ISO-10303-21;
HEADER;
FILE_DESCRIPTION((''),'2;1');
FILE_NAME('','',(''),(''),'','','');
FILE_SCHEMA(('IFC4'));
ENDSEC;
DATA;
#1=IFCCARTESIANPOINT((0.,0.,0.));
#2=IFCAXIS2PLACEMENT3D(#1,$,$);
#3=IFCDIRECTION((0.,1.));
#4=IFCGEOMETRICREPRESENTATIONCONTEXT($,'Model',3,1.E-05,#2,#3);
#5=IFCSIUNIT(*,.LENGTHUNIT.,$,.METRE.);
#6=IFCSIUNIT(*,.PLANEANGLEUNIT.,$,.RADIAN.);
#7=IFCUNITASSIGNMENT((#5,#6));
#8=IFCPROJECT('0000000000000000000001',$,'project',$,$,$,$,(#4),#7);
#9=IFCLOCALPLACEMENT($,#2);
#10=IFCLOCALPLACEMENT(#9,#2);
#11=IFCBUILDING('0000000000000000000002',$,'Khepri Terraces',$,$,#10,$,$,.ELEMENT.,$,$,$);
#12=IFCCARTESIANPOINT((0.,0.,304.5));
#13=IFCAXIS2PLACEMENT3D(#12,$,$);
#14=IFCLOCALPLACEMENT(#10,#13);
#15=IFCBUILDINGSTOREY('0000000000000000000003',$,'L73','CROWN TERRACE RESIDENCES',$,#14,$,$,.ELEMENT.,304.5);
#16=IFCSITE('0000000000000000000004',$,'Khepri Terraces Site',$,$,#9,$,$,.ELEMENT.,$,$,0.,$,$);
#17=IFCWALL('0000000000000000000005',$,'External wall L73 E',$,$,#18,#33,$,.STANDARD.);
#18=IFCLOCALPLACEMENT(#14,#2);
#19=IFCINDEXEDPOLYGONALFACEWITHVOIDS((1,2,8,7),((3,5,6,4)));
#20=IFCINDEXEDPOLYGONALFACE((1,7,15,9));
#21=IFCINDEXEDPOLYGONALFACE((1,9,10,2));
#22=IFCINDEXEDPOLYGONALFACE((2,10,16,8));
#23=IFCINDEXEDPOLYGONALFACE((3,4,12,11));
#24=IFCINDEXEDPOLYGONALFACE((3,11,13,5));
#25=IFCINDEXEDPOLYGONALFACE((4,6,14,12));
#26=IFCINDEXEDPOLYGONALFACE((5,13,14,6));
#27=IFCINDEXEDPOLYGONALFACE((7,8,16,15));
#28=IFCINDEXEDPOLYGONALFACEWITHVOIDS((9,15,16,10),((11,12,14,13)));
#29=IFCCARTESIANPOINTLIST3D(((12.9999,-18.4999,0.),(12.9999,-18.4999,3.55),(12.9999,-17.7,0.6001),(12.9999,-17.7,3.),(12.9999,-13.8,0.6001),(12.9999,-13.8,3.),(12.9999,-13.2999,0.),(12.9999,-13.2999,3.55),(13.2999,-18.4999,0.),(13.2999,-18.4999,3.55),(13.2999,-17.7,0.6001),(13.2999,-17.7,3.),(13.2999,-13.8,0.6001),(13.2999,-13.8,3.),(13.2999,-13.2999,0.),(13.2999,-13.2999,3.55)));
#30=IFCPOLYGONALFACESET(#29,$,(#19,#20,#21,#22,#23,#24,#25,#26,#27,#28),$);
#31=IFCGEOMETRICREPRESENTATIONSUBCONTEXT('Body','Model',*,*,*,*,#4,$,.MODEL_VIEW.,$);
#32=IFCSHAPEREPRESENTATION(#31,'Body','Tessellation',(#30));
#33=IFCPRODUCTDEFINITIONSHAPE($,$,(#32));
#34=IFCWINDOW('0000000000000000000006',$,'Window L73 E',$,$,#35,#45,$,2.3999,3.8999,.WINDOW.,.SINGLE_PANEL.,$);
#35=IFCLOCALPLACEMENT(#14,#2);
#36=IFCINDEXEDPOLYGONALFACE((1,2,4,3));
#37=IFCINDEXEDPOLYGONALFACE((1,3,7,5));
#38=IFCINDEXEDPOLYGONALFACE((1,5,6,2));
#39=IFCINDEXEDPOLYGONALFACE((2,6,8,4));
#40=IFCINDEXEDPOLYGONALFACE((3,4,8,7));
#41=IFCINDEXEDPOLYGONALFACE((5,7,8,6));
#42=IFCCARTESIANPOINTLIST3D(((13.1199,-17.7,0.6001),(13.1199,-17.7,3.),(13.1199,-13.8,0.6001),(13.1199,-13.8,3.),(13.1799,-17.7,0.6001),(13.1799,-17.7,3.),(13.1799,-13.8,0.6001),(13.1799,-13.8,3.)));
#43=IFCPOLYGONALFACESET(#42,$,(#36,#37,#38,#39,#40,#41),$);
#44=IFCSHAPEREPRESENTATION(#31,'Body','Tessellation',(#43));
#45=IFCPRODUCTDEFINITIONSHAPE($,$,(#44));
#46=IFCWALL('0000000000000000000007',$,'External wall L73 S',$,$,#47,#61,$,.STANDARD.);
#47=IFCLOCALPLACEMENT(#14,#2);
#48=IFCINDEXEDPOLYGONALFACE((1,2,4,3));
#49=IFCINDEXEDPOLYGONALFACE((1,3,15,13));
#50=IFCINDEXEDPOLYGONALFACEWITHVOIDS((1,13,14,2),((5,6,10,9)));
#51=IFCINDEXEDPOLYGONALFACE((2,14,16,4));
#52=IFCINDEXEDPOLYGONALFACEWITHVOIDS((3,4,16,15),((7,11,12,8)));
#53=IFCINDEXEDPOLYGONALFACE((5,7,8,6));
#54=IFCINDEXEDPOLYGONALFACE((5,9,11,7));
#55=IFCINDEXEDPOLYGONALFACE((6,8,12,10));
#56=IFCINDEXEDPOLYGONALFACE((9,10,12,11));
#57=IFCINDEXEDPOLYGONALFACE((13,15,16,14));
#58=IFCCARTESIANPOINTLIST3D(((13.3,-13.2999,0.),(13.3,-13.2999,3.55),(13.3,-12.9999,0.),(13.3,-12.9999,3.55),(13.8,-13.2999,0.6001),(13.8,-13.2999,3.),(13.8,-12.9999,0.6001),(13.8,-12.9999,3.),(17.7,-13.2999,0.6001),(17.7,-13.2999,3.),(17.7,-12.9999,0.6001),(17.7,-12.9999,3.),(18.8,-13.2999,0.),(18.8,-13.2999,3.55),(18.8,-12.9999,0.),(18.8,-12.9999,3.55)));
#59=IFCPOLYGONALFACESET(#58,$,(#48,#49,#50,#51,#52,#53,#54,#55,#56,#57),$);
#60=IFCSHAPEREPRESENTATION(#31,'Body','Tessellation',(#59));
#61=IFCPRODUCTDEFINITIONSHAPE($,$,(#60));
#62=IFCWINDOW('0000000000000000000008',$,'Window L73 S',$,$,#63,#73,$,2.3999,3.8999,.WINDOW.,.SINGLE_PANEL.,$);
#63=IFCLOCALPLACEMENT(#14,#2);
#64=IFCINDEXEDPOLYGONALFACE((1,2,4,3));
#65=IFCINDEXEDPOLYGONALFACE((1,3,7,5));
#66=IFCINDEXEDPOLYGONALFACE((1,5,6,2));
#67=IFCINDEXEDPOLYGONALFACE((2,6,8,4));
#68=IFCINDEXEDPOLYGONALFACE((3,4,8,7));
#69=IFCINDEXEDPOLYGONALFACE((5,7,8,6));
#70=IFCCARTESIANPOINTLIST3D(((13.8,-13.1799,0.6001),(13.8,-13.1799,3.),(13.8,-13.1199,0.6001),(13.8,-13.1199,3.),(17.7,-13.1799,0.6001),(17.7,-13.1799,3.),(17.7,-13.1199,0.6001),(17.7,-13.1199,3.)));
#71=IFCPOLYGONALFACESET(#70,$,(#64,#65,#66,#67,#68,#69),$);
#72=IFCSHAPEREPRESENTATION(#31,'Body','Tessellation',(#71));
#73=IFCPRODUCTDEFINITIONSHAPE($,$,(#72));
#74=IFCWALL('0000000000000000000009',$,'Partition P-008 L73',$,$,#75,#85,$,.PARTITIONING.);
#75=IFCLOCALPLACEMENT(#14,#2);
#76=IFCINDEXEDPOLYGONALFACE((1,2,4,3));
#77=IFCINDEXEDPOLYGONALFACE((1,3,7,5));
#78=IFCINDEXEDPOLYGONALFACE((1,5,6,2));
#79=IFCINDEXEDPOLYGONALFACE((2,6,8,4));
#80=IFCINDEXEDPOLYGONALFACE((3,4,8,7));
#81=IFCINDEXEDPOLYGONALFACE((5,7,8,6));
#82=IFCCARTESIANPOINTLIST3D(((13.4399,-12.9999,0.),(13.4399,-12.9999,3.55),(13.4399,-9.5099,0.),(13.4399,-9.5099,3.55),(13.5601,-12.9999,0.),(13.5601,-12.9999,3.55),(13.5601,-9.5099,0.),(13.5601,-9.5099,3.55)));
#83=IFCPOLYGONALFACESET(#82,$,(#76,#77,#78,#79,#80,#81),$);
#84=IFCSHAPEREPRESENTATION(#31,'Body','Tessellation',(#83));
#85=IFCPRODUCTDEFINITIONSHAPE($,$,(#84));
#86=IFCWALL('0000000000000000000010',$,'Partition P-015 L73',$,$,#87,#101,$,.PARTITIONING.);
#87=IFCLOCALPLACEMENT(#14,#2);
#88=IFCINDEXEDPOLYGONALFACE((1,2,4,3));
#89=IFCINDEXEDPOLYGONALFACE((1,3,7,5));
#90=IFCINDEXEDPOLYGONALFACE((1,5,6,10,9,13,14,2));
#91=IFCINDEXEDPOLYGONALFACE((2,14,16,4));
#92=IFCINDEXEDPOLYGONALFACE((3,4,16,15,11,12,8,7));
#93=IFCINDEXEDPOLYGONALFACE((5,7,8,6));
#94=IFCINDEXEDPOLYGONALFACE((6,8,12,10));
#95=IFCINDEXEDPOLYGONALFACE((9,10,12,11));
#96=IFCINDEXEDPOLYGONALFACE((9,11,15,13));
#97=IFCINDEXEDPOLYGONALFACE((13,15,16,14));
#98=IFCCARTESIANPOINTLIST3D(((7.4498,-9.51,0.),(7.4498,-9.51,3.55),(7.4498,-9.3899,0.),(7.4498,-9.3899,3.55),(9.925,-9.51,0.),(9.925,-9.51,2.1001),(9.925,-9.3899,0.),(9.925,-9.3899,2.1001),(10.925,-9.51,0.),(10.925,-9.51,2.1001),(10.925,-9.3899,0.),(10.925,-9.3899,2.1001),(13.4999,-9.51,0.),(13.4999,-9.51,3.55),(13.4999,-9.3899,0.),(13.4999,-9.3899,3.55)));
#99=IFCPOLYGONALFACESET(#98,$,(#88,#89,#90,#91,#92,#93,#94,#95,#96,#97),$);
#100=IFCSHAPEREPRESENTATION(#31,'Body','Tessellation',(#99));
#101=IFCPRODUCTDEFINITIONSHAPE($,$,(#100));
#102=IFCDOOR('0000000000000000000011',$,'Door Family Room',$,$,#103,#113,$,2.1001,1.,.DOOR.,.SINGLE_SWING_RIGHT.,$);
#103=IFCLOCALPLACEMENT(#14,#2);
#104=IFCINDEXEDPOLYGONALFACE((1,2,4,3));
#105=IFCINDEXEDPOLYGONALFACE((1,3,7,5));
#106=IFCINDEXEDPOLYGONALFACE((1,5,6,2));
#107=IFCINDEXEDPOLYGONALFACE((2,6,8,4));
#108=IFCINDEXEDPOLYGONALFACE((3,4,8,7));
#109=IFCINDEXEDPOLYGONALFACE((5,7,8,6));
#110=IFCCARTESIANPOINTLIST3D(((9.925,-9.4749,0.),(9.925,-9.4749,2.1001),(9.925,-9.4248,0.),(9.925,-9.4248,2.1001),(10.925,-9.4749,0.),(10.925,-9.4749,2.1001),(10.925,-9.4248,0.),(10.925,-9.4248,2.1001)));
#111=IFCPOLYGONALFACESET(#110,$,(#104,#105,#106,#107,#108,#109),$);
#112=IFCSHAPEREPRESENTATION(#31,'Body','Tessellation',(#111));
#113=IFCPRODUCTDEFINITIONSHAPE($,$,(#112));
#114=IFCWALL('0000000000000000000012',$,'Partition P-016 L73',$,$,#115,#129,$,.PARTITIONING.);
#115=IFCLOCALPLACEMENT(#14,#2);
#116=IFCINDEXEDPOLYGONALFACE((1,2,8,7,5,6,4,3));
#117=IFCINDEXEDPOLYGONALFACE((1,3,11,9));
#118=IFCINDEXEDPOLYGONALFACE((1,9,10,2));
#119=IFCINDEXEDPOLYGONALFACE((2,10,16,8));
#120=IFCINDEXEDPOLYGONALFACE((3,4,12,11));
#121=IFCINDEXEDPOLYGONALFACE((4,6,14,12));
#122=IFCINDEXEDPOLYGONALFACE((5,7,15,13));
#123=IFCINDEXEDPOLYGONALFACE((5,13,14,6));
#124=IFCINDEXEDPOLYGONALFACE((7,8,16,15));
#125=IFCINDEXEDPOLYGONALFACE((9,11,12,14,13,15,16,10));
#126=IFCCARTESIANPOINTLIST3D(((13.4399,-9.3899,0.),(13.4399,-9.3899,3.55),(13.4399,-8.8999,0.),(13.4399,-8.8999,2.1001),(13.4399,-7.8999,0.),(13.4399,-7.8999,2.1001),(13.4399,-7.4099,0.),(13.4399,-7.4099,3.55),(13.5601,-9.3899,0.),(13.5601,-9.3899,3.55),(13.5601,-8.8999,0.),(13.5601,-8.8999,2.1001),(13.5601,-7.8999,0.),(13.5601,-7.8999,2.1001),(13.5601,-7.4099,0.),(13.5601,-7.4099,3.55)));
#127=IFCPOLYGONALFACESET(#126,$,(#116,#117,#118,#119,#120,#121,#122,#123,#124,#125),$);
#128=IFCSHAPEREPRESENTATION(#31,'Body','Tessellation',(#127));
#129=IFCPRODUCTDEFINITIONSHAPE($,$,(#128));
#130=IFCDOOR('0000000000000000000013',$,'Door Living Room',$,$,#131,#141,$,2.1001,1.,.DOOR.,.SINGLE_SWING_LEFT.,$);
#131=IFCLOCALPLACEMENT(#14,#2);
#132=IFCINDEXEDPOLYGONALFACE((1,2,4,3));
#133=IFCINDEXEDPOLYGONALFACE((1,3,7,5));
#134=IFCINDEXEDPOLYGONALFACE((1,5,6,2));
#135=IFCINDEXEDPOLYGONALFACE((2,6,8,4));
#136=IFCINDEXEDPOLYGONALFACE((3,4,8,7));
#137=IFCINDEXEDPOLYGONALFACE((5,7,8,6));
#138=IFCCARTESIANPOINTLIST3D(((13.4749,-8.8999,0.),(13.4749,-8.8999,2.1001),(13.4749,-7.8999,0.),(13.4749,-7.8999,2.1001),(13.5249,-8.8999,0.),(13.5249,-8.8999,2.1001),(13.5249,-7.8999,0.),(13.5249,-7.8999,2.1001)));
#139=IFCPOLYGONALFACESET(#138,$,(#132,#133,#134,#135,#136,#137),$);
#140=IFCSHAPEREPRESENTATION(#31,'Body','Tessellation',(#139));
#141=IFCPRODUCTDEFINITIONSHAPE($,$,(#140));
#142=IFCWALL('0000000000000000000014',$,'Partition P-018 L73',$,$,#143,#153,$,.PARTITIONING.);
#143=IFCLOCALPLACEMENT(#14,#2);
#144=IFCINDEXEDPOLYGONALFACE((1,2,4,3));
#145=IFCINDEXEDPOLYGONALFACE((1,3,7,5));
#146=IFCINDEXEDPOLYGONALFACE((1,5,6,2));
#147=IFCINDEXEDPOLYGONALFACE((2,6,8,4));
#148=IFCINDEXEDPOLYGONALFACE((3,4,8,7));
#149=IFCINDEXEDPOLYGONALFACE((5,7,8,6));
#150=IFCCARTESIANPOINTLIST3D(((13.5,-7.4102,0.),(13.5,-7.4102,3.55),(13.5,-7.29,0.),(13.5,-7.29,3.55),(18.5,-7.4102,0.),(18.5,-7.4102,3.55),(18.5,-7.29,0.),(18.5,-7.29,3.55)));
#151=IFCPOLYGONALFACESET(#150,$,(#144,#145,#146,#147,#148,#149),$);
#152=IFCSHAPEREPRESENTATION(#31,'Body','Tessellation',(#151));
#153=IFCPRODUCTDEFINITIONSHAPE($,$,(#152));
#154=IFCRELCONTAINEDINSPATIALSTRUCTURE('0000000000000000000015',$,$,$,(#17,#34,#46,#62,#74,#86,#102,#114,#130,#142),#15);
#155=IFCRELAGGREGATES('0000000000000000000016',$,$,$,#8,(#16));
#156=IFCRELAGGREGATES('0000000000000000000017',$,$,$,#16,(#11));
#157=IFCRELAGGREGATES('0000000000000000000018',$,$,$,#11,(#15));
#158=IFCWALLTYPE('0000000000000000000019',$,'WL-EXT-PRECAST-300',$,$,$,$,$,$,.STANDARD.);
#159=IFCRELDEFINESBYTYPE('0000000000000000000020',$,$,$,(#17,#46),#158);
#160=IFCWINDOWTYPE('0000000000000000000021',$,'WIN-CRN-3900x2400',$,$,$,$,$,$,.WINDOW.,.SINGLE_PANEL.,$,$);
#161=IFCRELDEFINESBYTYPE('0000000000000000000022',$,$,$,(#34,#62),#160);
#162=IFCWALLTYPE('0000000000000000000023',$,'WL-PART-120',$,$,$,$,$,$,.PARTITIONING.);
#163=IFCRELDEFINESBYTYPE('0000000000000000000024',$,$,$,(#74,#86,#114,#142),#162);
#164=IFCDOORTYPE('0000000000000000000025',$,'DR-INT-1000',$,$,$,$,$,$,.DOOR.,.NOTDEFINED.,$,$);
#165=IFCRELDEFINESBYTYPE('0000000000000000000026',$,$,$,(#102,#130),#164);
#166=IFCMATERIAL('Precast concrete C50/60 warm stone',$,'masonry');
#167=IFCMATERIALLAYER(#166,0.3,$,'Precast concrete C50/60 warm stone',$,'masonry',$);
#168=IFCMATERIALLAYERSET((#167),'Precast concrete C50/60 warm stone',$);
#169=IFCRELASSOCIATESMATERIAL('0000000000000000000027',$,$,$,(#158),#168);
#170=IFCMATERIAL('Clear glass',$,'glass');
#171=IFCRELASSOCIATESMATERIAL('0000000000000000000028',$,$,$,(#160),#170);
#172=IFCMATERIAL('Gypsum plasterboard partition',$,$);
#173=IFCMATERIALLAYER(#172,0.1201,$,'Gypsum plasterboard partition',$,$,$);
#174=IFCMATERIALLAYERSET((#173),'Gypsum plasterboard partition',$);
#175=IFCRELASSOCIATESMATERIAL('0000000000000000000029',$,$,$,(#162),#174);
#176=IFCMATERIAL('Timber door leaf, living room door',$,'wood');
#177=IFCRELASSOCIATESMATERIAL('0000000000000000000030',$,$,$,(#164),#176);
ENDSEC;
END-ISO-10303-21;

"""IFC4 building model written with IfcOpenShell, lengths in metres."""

from ifc_helpers import new_model, si_unit, direction, frame, frame_2d, origin, place, context, subcontext, project, spatial, rectangle, extrude, material, layer, layer_set, type_object, element, fill, save


model = new_model("IFC4")

# Units and contexts
model_context = context("Model", 3, precision=1e-05, world=origin(), true_north=direction((0.0, 1.0)))
body_context = subcontext(model_context, "Body", "Model", "MODEL_VIEW")
ifc_project = project(units=[si_unit("LENGTHUNIT", "METRE"), si_unit("PLANEANGLEUNIT", "RADIAN")], contexts=[model_context])

# Site, building, storey
site_placement = place(None, origin())
site = spatial("IfcSite", under=ifc_project, at=site_placement, Name="Khepri Terraces Site", CompositionType="ELEMENT", RefElevation=0.0)
building_placement = place(site_placement, origin())
building = spatial("IfcBuilding", under=site, at=building_placement, Name="Khepri Terraces", CompositionType="ELEMENT")
storey_placement = place(building_placement, frame((0.0, 0.0, 304.5)))
storey = spatial("IfcBuildingStorey", under=building, at=storey_placement, Name="L73", Description="CROWN TERRACE RESIDENCES", CompositionType="ELEMENT", Elevation=304.5)

# Shared definitions
ifc_material_1 = material(Name="Precast concrete C50/60 warm stone", Category="masonry")
ifc_layer_1 = layer(ifc_material_1, 0.3, Name="Precast concrete C50/60 warm stone", Category="masonry")
ifc_layer_set_1 = layer_set([ifc_layer_1], Name="Precast concrete C50/60 warm stone")
wall_type_1 = type_object("IfcWallType", Name="WL-EXT-PRECAST-300", PredefinedType="STANDARD", material=ifc_layer_set_1)
ifc_material_2 = material(Name="Clear glass", Category="glass")
window_type_1 = type_object("IfcWindowType", Name="WIN-CRN-3900x2400", PartitioningType="SINGLE_PANEL", PredefinedType="WINDOW", material=ifc_material_2)

# Walls, openings, windows
wall_1_placement = place(storey_placement, frame((13.1499, -18.5, 0.0), z_axis=(0.0, 0.0, 1.0), x_axis=(0.0, 1.0, 0.0)))
wall_1 = element("IfcWall", 1, at=wall_1_placement, inside=storey, type_object=wall_type_1, Name="External wall L73 E", PredefinedType="STANDARD", context=body_context, shape_type="SweptSolid", body=[
    extrude(rectangle(XDim=5.2, YDim=0.3, at=frame_2d((2.6001, 0.0))), origin(), (0.0, 0.0, 1.0), 3.55),
])
opening_1_placement = place(wall_1_placement, frame((0.8, 0.0, 0.6001)))
opening_1 = element("IfcOpeningElement", 2, at=opening_1_placement, cuts=wall_1, PredefinedType="OPENING", context=body_context, shape_type="SweptSolid", body=[
    extrude(rectangle(XDim=3.8999, YDim=2.3999, at=frame_2d((1.95, 1.2))), frame((0.0, 0.1602, 0.0), z_axis=(0.0, -1.0, 0.0), x_axis=(1.0, 0.0, 0.0)), (0.0, 0.0, 1.0), 0.3201),
])
window_1_placement = place(opening_1_placement, origin())
window_1 = element("IfcWindow", 3, at=window_1_placement, inside=storey, type_object=window_type_1, Name="Window L73 E", OverallHeight=2.3999, OverallWidth=3.8999, PartitioningType="SINGLE_PANEL", PredefinedType="WINDOW", context=body_context, shape_type="SweptSolid", body=[
    extrude(rectangle(XDim=3.8999, YDim=2.3999, at=frame_2d((1.95, 1.2))), frame((0.0, 0.03, 0.0), z_axis=(0.0, -1.0, 0.0), x_axis=(1.0, 0.0, 0.0)), (0.0, 0.0, 1.0), 0.0601),
])
fill(opening_1, window_1)
wall_2_placement = place(storey_placement, frame((13.3, -13.1499, 0.0), z_axis=(0.0, 0.0, 1.0), x_axis=(1.0, 0.0, 0.0)))
wall_2 = element("IfcWall", 4, at=wall_2_placement, inside=storey, type_object=wall_type_1, Name="External wall L73 S", PredefinedType="STANDARD", context=body_context, shape_type="SweptSolid", body=[
    extrude(rectangle(XDim=5.5, YDim=0.3, at=frame_2d((2.75, 0.0))), origin(), (0.0, 0.0, 1.0), 3.55),
])
opening_2_placement = place(wall_2_placement, frame((0.5, 0.0, 0.6001)))
opening_2 = element("IfcOpeningElement", 5, at=opening_2_placement, cuts=wall_2, PredefinedType="OPENING", context=body_context, shape_type="SweptSolid", body=[
    extrude(rectangle(XDim=3.8999, YDim=2.3999, at=frame_2d((1.95, 1.2))), frame((0.0, 0.1602, 0.0), z_axis=(0.0, -1.0, 0.0), x_axis=(1.0, 0.0, 0.0)), (0.0, 0.0, 1.0), 0.3201),
])
window_2_placement = place(opening_2_placement, origin())
window_2 = element("IfcWindow", 6, at=window_2_placement, inside=storey, type_object=window_type_1, Name="Window L73 S", OverallHeight=2.3999, OverallWidth=3.8999, PartitioningType="SINGLE_PANEL", PredefinedType="WINDOW", context=body_context, shape_type="SweptSolid", body=[
    extrude(rectangle(XDim=3.8999, YDim=2.3999, at=frame_2d((1.95, 1.2))), frame((0.0, 0.03, 0.0), z_axis=(0.0, -1.0, 0.0), x_axis=(1.0, 0.0, 0.0)), (0.0, 0.0, 1.0), 0.0601),
])
fill(opening_2, window_2)

# Wall
ifc_material_3 = material(Name="Gypsum plasterboard partition")
ifc_layer_2 = layer(ifc_material_3, 0.1201, Name="Gypsum plasterboard partition")
ifc_layer_set_2 = layer_set([ifc_layer_2], Name="Gypsum plasterboard partition")
wall_type_2 = type_object("IfcWallType", Name="WL-PART-120", PredefinedType="PARTITIONING", material=ifc_layer_set_2)
wall_3_placement = place(storey_placement, frame((13.5, -13.0, 0.0), z_axis=(0.0, 0.0, 1.0), x_axis=(0.0, 1.0, 0.0)))
element("IfcWall", 7, at=wall_3_placement, inside=storey, type_object=wall_type_2, Name="Partition P-008 L73", PredefinedType="PARTITIONING", context=body_context, shape_type="SweptSolid", body=[
    extrude(rectangle(XDim=3.49, YDim=0.1201, at=frame_2d((1.7451, 0.0))), origin(), (0.0, 0.0, 1.0), 3.55),
])

# Walls, openings, doors
wall_4_placement = place(storey_placement, frame((7.45, -9.45, 0.0), z_axis=(0.0, 0.0, 1.0), x_axis=(1.0, 0.0, 0.0)))
wall_4 = element("IfcWall", 8, at=wall_4_placement, inside=storey, type_object=wall_type_2, Name="Partition P-015 L73", PredefinedType="PARTITIONING", context=body_context, shape_type="SweptSolid", body=[
    extrude(rectangle(XDim=6.05, YDim=0.1201, at=frame_2d((3.0249, 0.0))), origin(), (0.0, 0.0, 1.0), 3.55),
])
opening_3_placement = place(wall_4_placement, frame((2.4751, 0.0, 0.0)))
opening_3 = element("IfcOpeningElement", 9, at=opening_3_placement, cuts=wall_4, PredefinedType="OPENING", context=body_context, shape_type="SweptSolid", body=[
    extrude(rectangle(XDim=1.0, YDim=2.1001, at=frame_2d((0.5, 1.05))), frame((0.0, 0.0701, 0.0), z_axis=(0.0, -1.0, 0.0), x_axis=(1.0, 0.0, 0.0)), (0.0, 0.0, 1.0), 0.1401),
])
ifc_material_4 = material(Name="Timber door leaf, living room door", Category="wood")
door_type = type_object("IfcDoorType", Name="DR-INT-1000", OperationType="NOTDEFINED", PredefinedType="DOOR", material=ifc_material_4)
door_1_placement = place(opening_3_placement, frame((1.0, 0.0, 0.0), z_axis=(0.0, 0.0, 1.0), x_axis=(-1.0, 0.0, 0.0)))
door_1 = element("IfcDoor", 10, at=door_1_placement, inside=storey, type_object=door_type, Name="Door Family Room", OperationType="SINGLE_SWING_RIGHT", OverallHeight=2.1001, OverallWidth=1.0, PredefinedType="DOOR", context=body_context, shape_type="SweptSolid", body=[
    extrude(rectangle(XDim=1.0, YDim=2.1001, at=frame_2d((0.5, 1.05))), frame((0.0, 0.0249, 0.0), z_axis=(0.0, -1.0, 0.0), x_axis=(1.0, 0.0, 0.0)), (0.0, 0.0, 1.0), 0.05),
])
fill(opening_3, door_1)
wall_5_placement = place(storey_placement, frame((13.5, -9.3899, 0.0), z_axis=(0.0, 0.0, 1.0), x_axis=(0.0, 1.0, 0.0)))
wall_5 = element("IfcWall", 11, at=wall_5_placement, inside=storey, type_object=wall_type_2, Name="Partition P-016 L73", PredefinedType="PARTITIONING", context=body_context, shape_type="SweptSolid", body=[
    extrude(rectangle(XDim=1.98, YDim=0.1201, at=frame_2d((0.99, 0.0))), origin(), (0.0, 0.0, 1.0), 3.55),
])
opening_4_placement = place(wall_5_placement, frame((0.49, 0.0, 0.0)))
opening_4 = element("IfcOpeningElement", 12, at=opening_4_placement, cuts=wall_5, PredefinedType="OPENING", context=body_context, shape_type="SweptSolid", body=[
    extrude(rectangle(XDim=1.0, YDim=2.1001, at=frame_2d((0.5, 1.05))), frame((0.0, 0.0701, 0.0), z_axis=(0.0, -1.0, 0.0), x_axis=(1.0, 0.0, 0.0)), (0.0, 0.0, 1.0), 0.1401),
])
door_2_placement = place(opening_4_placement, frame((1.0, 0.0, 0.0), z_axis=(0.0, 0.0, 1.0), x_axis=(-1.0, 0.0, 0.0)))
door_2 = element("IfcDoor", 13, at=door_2_placement, inside=storey, type_object=door_type, Name="Door Living Room", OperationType="SINGLE_SWING_LEFT", OverallHeight=2.1001, OverallWidth=1.0, PredefinedType="DOOR", context=body_context, shape_type="SweptSolid", body=[
    extrude(rectangle(XDim=1.0, YDim=2.1001, at=frame_2d((0.5, 1.05))), frame((0.0, 0.0249, 0.0), z_axis=(0.0, -1.0, 0.0), x_axis=(1.0, 0.0, 0.0)), (0.0, 0.0, 1.0), 0.05),
])
fill(opening_4, door_2)

# Wall
wall_6_placement = place(storey_placement, frame((13.5, -7.3501, 0.0), z_axis=(0.0, 0.0, 1.0), x_axis=(1.0, 0.0, 0.0)))
element("IfcWall", 14, at=wall_6_placement, inside=storey, type_object=wall_type_2, Name="Partition P-018 L73", PredefinedType="PARTITIONING", context=body_context, shape_type="SweptSolid", body=[
    extrude(rectangle(XDim=5.0, YDim=0.1201, at=frame_2d((2.5, 0.0))), origin(), (0.0, 0.0, 1.0), 3.55),
])

save(model, "model.ifc")
